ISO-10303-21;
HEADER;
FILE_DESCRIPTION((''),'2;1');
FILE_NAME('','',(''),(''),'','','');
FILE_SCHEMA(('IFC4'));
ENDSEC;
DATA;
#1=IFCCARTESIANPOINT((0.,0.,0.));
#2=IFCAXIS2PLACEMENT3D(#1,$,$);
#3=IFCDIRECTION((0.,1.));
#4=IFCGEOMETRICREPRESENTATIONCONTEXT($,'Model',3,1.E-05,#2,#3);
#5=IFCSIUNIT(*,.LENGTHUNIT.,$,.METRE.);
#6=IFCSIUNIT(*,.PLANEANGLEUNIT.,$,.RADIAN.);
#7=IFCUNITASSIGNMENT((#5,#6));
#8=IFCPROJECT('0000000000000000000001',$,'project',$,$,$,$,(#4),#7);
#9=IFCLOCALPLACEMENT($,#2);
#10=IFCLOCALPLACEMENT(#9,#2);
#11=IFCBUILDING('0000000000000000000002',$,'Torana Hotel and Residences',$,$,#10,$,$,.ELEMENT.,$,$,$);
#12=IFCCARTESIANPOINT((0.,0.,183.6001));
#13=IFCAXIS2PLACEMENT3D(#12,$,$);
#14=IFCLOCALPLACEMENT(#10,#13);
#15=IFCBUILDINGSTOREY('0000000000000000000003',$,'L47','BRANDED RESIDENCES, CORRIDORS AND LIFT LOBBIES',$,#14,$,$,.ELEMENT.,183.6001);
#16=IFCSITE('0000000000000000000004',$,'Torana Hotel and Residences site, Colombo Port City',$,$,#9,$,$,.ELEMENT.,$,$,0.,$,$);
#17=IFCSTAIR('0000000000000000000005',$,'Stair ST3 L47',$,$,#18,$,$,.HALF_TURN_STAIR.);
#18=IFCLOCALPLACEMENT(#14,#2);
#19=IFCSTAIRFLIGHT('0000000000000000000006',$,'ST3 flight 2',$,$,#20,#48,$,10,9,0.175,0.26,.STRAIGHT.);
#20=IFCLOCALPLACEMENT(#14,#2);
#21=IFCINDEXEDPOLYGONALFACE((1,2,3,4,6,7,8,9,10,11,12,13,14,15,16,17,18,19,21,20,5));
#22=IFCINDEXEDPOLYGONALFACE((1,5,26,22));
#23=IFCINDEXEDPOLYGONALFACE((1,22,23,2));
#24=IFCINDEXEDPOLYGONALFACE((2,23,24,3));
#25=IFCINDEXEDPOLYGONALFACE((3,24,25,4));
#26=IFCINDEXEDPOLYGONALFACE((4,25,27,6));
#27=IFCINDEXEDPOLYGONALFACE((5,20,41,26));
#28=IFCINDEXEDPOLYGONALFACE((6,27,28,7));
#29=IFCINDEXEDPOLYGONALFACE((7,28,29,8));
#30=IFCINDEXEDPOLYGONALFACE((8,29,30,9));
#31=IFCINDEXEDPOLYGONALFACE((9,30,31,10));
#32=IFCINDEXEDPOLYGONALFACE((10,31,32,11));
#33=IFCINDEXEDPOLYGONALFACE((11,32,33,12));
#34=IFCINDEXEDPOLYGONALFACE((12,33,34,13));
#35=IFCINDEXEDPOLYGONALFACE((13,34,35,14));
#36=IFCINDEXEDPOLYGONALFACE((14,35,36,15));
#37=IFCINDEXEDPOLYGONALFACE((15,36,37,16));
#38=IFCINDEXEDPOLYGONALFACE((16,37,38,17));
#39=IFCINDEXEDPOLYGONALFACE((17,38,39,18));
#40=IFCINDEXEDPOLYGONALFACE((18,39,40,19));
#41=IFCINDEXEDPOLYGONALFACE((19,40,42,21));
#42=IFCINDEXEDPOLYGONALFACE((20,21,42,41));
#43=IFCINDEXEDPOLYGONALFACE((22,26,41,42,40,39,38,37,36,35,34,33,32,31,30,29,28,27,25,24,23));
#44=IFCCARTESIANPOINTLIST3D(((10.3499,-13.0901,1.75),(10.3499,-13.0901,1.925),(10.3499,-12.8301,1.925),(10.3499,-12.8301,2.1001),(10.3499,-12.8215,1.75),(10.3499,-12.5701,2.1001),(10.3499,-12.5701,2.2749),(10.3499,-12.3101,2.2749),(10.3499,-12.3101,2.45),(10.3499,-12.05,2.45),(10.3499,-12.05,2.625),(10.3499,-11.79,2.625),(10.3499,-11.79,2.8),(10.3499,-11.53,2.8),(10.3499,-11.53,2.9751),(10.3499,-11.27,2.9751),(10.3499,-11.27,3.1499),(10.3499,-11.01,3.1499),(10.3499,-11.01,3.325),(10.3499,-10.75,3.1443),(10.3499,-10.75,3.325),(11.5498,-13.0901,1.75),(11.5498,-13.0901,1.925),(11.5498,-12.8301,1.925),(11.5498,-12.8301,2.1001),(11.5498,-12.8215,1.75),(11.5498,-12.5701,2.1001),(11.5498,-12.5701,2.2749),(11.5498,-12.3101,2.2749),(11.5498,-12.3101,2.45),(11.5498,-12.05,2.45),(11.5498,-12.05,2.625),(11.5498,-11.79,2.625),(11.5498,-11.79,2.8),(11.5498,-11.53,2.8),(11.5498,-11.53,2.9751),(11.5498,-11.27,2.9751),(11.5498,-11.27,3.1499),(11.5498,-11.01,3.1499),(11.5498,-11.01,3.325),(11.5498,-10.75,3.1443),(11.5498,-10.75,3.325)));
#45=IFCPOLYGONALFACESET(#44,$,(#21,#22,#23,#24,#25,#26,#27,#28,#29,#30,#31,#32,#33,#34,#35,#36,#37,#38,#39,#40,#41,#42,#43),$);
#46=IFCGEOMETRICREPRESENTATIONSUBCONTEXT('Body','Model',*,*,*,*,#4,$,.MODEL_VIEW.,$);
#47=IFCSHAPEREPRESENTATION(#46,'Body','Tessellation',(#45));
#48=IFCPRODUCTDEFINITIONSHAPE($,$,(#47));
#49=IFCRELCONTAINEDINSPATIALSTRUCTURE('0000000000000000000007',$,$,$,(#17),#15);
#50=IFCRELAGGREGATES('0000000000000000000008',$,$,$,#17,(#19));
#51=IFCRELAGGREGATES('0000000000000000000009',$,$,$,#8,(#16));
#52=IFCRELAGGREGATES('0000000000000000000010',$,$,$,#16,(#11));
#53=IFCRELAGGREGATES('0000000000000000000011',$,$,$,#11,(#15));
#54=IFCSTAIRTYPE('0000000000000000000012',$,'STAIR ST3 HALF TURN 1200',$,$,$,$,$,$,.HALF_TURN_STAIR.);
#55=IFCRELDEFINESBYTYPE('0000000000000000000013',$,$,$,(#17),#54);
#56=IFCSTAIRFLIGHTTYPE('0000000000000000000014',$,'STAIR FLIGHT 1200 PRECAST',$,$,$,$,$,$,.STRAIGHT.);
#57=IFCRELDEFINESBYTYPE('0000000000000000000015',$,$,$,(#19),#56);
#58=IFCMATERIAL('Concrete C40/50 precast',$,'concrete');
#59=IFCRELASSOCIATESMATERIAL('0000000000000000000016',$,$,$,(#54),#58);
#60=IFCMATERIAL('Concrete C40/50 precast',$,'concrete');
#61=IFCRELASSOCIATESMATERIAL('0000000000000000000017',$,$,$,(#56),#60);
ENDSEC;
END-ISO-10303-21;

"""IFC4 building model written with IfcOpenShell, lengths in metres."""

from ifc_helpers import new_model, si_unit, direction, frame, origin, place, context, subcontext, project, spatial, polyline, outline, extrude, material, type_object, element, aggregate, save


model = new_model("IFC4")

# Units and contexts
model_context = context("Model", 3, precision=1e-05, world=origin(), true_north=direction((0.0, 1.0)))
body_context = subcontext(model_context, "Body", "Model", "MODEL_VIEW")
ifc_project = project(units=[si_unit("LENGTHUNIT", "METRE"), si_unit("PLANEANGLEUNIT", "RADIAN")], contexts=[model_context])

# Site, building, storey
site_placement = place(None, origin())
site = spatial("IfcSite", under=ifc_project, at=site_placement, Name="Torana Hotel and Residences site, Colombo Port City", CompositionType="ELEMENT", RefElevation=0.0)
building_placement = place(site_placement, origin())
building = spatial("IfcBuilding", under=site, at=building_placement, Name="Torana Hotel and Residences", CompositionType="ELEMENT")
storey_placement = place(building_placement, frame((0.0, 0.0, 183.6001)))
storey = spatial("IfcBuildingStorey", under=building, at=storey_placement, Name="L47", Description="BRANDED RESIDENCES, CORRIDORS AND LIFT LOBBIES", CompositionType="ELEMENT", Elevation=183.6001)

# Stair, stair flight
ifc_material_1 = material(Name="Concrete C40/50 precast", Category="concrete")
stair_type = type_object("IfcStairType", Name="STAIR ST3 HALF TURN 1200", PredefinedType="HALF_TURN_STAIR", material=ifc_material_1)
stair_placement = place(storey_placement, origin())
stair = element("IfcStair", 1, at=stair_placement, inside=storey, type_object=stair_type, Name="Stair ST3 L47", PredefinedType="HALF_TURN_STAIR")
ifc_material_2 = material(Name="Concrete C40/50 precast", Category="concrete")
stair_flight_type = type_object("IfcStairFlightType", Name="STAIR FLIGHT 1200 PRECAST", PredefinedType="STRAIGHT", material=ifc_material_2)
stair_flight_1_placement = place(storey_placement, frame((10.95, -13.0901, 1.75), z_axis=(0.0, 0.0, 1.0), x_axis=(0.0, 1.0, 0.0)))
stair_flight_1 = element("IfcStairFlight", 2, at=stair_flight_1_placement, type_object=stair_flight_type, Name="ST3 flight 2", NumberOfRisers=10, NumberOfTreads=9, PredefinedType="STRAIGHT", RiserHeight=0.175, TreadLength=0.26, context=body_context, shape_type="SweptSolid", body=[
    extrude(outline(polyline([(0.0, 0.0), (0.0, 0.175), (0.26, 0.175), (0.26, 0.3501), (0.52, 0.3501), (0.52, 0.5249), (0.78, 0.5249), (0.78, 0.7), (1.04, 0.7), (1.04, 0.875), (1.3, 0.875), (1.3, 1.05), (1.5601, 1.05), (1.5601, 1.2251), (1.8201, 1.2251), (1.8201, 1.3999), (2.0801, 1.3999), (2.0801, 1.575), (2.3401, 1.575), (2.3401, 1.75), (2.3401, 1.3943), (0.2686, 0.0), (0.0, 0.0)])), frame((0.0, 0.6001, 0.0), z_axis=(0.0, -1.0, 0.0), x_axis=(1.0, 0.0, 0.0)), (0.0, 0.0, 1.0), 1.2),
])
aggregate(stair, [stair_flight_1])

save(model, "model.ifc")
